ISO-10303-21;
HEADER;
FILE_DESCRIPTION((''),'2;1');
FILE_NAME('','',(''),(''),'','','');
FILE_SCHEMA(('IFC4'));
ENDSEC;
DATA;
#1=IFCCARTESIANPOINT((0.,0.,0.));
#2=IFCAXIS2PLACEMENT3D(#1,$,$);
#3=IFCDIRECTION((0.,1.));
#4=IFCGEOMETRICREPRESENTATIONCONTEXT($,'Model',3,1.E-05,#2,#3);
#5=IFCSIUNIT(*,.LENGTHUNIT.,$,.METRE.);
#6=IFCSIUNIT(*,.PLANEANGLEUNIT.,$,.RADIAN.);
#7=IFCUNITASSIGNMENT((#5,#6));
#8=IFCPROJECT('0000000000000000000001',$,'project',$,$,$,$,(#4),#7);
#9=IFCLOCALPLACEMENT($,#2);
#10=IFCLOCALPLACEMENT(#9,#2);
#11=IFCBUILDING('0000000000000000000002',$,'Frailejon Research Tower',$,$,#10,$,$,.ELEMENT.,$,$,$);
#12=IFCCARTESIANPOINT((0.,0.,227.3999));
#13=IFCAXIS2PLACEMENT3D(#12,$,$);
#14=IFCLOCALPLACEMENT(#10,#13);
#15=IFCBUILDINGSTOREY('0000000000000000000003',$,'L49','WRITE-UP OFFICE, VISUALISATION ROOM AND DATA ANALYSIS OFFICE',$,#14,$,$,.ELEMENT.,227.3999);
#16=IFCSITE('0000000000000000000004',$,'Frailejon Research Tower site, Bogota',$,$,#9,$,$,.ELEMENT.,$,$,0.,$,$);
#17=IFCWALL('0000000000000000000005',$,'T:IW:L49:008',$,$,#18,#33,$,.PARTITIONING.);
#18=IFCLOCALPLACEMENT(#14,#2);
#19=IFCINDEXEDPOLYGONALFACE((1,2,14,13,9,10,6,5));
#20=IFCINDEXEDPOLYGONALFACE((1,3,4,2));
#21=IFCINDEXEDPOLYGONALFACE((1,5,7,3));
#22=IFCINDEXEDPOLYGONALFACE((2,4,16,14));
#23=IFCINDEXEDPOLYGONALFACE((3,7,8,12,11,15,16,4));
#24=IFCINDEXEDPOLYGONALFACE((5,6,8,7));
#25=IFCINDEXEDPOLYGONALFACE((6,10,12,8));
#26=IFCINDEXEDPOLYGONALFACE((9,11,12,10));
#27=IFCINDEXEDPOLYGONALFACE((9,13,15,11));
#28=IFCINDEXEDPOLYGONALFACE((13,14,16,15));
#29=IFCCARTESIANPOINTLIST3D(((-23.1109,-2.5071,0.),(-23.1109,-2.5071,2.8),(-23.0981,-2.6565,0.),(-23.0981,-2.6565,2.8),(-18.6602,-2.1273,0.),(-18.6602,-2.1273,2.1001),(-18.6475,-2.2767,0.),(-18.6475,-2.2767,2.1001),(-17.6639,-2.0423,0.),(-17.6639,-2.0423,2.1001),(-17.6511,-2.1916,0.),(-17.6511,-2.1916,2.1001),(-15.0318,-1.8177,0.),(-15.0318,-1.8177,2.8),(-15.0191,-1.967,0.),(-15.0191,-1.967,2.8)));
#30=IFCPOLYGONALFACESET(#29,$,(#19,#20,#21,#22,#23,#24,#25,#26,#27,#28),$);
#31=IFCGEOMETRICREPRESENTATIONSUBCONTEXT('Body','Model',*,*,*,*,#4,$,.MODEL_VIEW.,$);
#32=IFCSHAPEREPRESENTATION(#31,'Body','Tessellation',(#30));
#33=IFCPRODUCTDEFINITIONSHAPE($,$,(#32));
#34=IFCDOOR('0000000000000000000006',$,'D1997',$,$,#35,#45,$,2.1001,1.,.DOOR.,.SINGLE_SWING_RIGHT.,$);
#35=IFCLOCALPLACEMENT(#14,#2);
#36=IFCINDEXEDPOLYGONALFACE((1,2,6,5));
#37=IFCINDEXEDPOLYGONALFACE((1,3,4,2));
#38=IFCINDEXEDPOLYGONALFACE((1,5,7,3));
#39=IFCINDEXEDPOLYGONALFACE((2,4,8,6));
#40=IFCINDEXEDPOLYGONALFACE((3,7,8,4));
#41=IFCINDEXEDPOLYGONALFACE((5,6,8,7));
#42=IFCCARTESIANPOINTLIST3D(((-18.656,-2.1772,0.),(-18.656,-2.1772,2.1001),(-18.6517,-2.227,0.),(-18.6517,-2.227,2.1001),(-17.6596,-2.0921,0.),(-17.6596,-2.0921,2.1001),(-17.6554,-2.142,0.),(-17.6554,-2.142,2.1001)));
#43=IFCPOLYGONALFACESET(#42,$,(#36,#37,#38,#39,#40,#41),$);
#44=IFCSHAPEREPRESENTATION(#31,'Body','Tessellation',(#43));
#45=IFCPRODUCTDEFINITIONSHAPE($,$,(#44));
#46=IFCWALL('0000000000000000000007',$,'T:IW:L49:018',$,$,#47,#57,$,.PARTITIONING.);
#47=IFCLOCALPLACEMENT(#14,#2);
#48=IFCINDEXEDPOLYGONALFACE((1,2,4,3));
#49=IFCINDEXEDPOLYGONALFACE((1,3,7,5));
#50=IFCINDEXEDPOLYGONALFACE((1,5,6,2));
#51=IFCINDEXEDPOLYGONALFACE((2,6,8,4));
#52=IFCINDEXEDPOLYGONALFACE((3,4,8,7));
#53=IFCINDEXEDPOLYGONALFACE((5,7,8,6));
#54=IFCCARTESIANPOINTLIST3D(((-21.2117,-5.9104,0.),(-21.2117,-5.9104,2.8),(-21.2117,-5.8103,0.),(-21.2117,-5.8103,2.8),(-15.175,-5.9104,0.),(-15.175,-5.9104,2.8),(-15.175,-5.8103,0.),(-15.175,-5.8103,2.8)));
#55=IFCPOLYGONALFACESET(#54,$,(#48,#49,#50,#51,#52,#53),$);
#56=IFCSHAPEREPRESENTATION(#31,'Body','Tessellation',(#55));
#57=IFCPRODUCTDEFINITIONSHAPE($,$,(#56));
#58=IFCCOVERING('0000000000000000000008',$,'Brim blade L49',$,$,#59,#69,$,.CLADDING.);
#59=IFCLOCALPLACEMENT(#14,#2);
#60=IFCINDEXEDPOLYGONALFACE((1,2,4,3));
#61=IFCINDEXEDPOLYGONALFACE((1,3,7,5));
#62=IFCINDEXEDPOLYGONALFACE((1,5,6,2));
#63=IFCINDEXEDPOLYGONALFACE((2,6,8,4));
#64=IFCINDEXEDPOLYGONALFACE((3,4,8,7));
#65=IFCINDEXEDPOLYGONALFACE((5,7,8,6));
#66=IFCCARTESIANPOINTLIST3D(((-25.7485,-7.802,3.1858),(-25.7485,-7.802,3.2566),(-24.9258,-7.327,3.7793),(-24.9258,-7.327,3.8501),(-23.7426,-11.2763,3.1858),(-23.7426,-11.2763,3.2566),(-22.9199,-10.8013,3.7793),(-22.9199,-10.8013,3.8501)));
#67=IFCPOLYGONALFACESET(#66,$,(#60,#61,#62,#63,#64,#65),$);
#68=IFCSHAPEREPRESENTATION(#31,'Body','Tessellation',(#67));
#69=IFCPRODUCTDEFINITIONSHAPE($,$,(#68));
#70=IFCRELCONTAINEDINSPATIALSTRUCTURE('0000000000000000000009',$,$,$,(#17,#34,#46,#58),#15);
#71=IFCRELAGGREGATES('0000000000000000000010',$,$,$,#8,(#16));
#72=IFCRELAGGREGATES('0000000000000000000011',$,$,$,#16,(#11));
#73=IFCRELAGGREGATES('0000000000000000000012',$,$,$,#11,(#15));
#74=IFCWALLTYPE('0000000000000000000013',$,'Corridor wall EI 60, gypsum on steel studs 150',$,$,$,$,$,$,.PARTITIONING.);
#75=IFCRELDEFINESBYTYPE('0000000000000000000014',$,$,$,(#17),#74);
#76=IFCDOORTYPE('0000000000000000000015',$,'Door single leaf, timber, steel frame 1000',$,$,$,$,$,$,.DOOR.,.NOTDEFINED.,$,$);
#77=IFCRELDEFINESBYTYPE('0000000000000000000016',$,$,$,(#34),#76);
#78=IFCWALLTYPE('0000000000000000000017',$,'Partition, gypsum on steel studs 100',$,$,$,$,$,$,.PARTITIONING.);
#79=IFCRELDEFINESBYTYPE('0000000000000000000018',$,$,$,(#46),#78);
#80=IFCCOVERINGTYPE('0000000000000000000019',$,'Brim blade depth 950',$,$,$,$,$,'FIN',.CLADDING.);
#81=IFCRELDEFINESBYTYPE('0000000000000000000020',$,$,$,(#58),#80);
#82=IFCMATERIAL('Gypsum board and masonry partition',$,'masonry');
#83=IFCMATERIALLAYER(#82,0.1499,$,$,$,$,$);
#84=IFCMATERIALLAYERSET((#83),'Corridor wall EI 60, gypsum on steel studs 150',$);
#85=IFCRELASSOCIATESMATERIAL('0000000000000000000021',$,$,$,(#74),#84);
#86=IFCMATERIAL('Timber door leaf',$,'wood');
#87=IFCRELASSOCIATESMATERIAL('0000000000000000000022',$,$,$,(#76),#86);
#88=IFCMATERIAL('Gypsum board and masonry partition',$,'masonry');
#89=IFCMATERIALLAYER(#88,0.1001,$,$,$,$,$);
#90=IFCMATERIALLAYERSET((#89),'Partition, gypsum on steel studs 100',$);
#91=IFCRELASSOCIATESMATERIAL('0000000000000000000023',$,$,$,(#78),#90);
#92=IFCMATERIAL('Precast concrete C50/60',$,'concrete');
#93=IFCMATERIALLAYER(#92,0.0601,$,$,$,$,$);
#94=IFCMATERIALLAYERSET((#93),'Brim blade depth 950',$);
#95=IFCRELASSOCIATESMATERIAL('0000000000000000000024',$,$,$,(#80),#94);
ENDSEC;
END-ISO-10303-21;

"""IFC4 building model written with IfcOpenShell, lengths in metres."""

from ifc_helpers import new_model, si_unit, direction, frame, frame_2d, origin, place, context, subcontext, project, spatial, polyline, rectangle, outline, extrude, material, layer, layer_set, type_object, element, fill, save


model = new_model("IFC4")

# Units and contexts
model_context = context("Model", 3, precision=1e-05, world=origin(), true_north=direction((0.0, 1.0)))
body_context = subcontext(model_context, "Body", "Model", "MODEL_VIEW")
ifc_project = project(units=[si_unit("LENGTHUNIT", "METRE"), si_unit("PLANEANGLEUNIT", "RADIAN")], contexts=[model_context])

# Site, building, storey
site_placement = place(None, origin())
site = spatial("IfcSite", under=ifc_project, at=site_placement, Name="Frailejon Research Tower site, Bogota", CompositionType="ELEMENT", RefElevation=0.0)
building_placement = place(site_placement, origin())
building = spatial("IfcBuilding", under=site, at=building_placement, Name="Frailejon Research Tower", CompositionType="ELEMENT")
storey_placement = place(building_placement, frame((0.0, 0.0, 227.3999)))
storey = spatial("IfcBuildingStorey", under=building, at=storey_placement, Name="L49", Description="WRITE-UP OFFICE, VISUALISATION ROOM AND DATA ANALYSIS OFFICE", CompositionType="ELEMENT", Elevation=227.3999)

# Shared definitions
ifc_material_1 = material(Name="Gypsum board and masonry partition", Category="masonry")
ifc_layer_1 = layer(ifc_material_1, 0.1499)
ifc_layer_set_1 = layer_set([ifc_layer_1], Name="Corridor wall EI 60, gypsum on steel studs 150")
wall_type_1 = type_object("IfcWallType", Name="Corridor wall EI 60, gypsum on steel studs 150", PredefinedType="PARTITIONING", material=ifc_layer_set_1)
ifc_material_2 = material(Name="Timber door leaf", Category="wood")
door_type_1 = type_object("IfcDoorType", Name="Door single leaf, timber, steel frame 1000", OperationType="NOTDEFINED", PredefinedType="DOOR", material=ifc_material_2)

# Wall, opening, door
wall_1_placement = place(storey_placement, frame((-23.1045, -2.5818, 0.0), z_axis=(0.0, 0.0, 1.0), x_axis=(0.996378, 0.085029, 0.0)))
wall_1 = element("IfcWall", 1, at=wall_1_placement, inside=storey, type_object=wall_type_1, Name="T:IW:L49:008", PredefinedType="PARTITIONING", context=body_context, shape_type="SweptSolid", body=[
    extrude(rectangle(XDim=8.1084, YDim=0.1499, at=frame_2d((4.0542, 0.0))), origin(), (0.0, 0.0, 1.0), 2.8),
])
opening_1_placement = place(wall_1_placement, frame((4.4668, 0.0, 0.0)))
opening_1 = element("IfcOpeningElement", 2, at=opening_1_placement, cuts=wall_1, PredefinedType="OPENING", context=body_context, shape_type="SweptSolid", body=[
    extrude(rectangle(XDim=1.0, YDim=2.1001, at=frame_2d((0.5, 1.05))), frame((0.0, 0.085, 0.0), z_axis=(0.0, -1.0, 0.0), x_axis=(1.0, 0.0, 0.0)), (0.0, 0.0, 1.0), 0.1699),
])
door_1_placement = place(opening_1_placement, origin())
door_1 = element("IfcDoor", 3, at=door_1_placement, inside=storey, type_object=door_type_1, Name="D1997", OperationType="SINGLE_SWING_RIGHT", OverallHeight=2.1001, OverallWidth=1.0, PredefinedType="DOOR", context=body_context, shape_type="SweptSolid", body=[
    extrude(rectangle(XDim=1.0, YDim=2.1001, at=frame_2d((0.5, 1.05))), frame((0.0, 0.0249, 0.0), z_axis=(0.0, -1.0, 0.0), x_axis=(1.0, 0.0, 0.0)), (0.0, 0.0, 1.0), 0.05),
])
fill(opening_1, door_1)

# Wall
ifc_material_3 = material(Name="Gypsum board and masonry partition", Category="masonry")
ifc_layer_2 = layer(ifc_material_3, 0.1001)
ifc_layer_set_2 = layer_set([ifc_layer_2], Name="Partition, gypsum on steel studs 100")
wall_type_2 = type_object("IfcWallType", Name="Partition, gypsum on steel studs 100", PredefinedType="PARTITIONING", material=ifc_layer_set_2)
wall_2_placement = place(storey_placement, frame((-21.2117, -5.8604, 0.0), z_axis=(0.0, 0.0, 1.0), x_axis=(1.0, 0.0, 0.0)))
element("IfcWall", 4, at=wall_2_placement, inside=storey, type_object=wall_type_2, Name="T:IW:L49:018", PredefinedType="PARTITIONING", context=body_context, shape_type="SweptSolid", body=[
    extrude(rectangle(XDim=6.0366, YDim=0.1001, at=frame_2d((3.0183, 0.0))), origin(), (0.0, 0.0, 1.0), 2.8),
])

# Covering
ifc_material_4 = material(Name="Precast concrete C50/60", Category="concrete")
ifc_layer_3 = layer(ifc_material_4, 0.0601)
ifc_layer_set_3 = layer_set([ifc_layer_3], Name="Brim blade depth 950")
covering_type = type_object("IfcCoveringType", Name="Brim blade depth 950", ElementType="FIN", PredefinedType="CLADDING", material=ifc_layer_set_3)
covering_placement = place(storey_placement, frame((-22.9199, -10.8013, 3.8501), z_axis=(-0.500005, 0.866022, 0.0), x_axis=(-0.866022, -0.500005, 0.0)))
element("IfcCovering", 5, at=covering_placement, inside=storey, type_object=covering_type, Name="Brim blade L49", PredefinedType="CLADDING", context=body_context, shape_type="SweptSolid", body=[
    extrude(outline(polyline([(0.0, -0.0708), (0.95, -0.6643), (0.95, -0.5935), (0.0, 0.0), (0.0, -0.0708)])), origin(), (0.0, 0.0, 1.0), 4.0117),
])

save(model, "model.ifc")
